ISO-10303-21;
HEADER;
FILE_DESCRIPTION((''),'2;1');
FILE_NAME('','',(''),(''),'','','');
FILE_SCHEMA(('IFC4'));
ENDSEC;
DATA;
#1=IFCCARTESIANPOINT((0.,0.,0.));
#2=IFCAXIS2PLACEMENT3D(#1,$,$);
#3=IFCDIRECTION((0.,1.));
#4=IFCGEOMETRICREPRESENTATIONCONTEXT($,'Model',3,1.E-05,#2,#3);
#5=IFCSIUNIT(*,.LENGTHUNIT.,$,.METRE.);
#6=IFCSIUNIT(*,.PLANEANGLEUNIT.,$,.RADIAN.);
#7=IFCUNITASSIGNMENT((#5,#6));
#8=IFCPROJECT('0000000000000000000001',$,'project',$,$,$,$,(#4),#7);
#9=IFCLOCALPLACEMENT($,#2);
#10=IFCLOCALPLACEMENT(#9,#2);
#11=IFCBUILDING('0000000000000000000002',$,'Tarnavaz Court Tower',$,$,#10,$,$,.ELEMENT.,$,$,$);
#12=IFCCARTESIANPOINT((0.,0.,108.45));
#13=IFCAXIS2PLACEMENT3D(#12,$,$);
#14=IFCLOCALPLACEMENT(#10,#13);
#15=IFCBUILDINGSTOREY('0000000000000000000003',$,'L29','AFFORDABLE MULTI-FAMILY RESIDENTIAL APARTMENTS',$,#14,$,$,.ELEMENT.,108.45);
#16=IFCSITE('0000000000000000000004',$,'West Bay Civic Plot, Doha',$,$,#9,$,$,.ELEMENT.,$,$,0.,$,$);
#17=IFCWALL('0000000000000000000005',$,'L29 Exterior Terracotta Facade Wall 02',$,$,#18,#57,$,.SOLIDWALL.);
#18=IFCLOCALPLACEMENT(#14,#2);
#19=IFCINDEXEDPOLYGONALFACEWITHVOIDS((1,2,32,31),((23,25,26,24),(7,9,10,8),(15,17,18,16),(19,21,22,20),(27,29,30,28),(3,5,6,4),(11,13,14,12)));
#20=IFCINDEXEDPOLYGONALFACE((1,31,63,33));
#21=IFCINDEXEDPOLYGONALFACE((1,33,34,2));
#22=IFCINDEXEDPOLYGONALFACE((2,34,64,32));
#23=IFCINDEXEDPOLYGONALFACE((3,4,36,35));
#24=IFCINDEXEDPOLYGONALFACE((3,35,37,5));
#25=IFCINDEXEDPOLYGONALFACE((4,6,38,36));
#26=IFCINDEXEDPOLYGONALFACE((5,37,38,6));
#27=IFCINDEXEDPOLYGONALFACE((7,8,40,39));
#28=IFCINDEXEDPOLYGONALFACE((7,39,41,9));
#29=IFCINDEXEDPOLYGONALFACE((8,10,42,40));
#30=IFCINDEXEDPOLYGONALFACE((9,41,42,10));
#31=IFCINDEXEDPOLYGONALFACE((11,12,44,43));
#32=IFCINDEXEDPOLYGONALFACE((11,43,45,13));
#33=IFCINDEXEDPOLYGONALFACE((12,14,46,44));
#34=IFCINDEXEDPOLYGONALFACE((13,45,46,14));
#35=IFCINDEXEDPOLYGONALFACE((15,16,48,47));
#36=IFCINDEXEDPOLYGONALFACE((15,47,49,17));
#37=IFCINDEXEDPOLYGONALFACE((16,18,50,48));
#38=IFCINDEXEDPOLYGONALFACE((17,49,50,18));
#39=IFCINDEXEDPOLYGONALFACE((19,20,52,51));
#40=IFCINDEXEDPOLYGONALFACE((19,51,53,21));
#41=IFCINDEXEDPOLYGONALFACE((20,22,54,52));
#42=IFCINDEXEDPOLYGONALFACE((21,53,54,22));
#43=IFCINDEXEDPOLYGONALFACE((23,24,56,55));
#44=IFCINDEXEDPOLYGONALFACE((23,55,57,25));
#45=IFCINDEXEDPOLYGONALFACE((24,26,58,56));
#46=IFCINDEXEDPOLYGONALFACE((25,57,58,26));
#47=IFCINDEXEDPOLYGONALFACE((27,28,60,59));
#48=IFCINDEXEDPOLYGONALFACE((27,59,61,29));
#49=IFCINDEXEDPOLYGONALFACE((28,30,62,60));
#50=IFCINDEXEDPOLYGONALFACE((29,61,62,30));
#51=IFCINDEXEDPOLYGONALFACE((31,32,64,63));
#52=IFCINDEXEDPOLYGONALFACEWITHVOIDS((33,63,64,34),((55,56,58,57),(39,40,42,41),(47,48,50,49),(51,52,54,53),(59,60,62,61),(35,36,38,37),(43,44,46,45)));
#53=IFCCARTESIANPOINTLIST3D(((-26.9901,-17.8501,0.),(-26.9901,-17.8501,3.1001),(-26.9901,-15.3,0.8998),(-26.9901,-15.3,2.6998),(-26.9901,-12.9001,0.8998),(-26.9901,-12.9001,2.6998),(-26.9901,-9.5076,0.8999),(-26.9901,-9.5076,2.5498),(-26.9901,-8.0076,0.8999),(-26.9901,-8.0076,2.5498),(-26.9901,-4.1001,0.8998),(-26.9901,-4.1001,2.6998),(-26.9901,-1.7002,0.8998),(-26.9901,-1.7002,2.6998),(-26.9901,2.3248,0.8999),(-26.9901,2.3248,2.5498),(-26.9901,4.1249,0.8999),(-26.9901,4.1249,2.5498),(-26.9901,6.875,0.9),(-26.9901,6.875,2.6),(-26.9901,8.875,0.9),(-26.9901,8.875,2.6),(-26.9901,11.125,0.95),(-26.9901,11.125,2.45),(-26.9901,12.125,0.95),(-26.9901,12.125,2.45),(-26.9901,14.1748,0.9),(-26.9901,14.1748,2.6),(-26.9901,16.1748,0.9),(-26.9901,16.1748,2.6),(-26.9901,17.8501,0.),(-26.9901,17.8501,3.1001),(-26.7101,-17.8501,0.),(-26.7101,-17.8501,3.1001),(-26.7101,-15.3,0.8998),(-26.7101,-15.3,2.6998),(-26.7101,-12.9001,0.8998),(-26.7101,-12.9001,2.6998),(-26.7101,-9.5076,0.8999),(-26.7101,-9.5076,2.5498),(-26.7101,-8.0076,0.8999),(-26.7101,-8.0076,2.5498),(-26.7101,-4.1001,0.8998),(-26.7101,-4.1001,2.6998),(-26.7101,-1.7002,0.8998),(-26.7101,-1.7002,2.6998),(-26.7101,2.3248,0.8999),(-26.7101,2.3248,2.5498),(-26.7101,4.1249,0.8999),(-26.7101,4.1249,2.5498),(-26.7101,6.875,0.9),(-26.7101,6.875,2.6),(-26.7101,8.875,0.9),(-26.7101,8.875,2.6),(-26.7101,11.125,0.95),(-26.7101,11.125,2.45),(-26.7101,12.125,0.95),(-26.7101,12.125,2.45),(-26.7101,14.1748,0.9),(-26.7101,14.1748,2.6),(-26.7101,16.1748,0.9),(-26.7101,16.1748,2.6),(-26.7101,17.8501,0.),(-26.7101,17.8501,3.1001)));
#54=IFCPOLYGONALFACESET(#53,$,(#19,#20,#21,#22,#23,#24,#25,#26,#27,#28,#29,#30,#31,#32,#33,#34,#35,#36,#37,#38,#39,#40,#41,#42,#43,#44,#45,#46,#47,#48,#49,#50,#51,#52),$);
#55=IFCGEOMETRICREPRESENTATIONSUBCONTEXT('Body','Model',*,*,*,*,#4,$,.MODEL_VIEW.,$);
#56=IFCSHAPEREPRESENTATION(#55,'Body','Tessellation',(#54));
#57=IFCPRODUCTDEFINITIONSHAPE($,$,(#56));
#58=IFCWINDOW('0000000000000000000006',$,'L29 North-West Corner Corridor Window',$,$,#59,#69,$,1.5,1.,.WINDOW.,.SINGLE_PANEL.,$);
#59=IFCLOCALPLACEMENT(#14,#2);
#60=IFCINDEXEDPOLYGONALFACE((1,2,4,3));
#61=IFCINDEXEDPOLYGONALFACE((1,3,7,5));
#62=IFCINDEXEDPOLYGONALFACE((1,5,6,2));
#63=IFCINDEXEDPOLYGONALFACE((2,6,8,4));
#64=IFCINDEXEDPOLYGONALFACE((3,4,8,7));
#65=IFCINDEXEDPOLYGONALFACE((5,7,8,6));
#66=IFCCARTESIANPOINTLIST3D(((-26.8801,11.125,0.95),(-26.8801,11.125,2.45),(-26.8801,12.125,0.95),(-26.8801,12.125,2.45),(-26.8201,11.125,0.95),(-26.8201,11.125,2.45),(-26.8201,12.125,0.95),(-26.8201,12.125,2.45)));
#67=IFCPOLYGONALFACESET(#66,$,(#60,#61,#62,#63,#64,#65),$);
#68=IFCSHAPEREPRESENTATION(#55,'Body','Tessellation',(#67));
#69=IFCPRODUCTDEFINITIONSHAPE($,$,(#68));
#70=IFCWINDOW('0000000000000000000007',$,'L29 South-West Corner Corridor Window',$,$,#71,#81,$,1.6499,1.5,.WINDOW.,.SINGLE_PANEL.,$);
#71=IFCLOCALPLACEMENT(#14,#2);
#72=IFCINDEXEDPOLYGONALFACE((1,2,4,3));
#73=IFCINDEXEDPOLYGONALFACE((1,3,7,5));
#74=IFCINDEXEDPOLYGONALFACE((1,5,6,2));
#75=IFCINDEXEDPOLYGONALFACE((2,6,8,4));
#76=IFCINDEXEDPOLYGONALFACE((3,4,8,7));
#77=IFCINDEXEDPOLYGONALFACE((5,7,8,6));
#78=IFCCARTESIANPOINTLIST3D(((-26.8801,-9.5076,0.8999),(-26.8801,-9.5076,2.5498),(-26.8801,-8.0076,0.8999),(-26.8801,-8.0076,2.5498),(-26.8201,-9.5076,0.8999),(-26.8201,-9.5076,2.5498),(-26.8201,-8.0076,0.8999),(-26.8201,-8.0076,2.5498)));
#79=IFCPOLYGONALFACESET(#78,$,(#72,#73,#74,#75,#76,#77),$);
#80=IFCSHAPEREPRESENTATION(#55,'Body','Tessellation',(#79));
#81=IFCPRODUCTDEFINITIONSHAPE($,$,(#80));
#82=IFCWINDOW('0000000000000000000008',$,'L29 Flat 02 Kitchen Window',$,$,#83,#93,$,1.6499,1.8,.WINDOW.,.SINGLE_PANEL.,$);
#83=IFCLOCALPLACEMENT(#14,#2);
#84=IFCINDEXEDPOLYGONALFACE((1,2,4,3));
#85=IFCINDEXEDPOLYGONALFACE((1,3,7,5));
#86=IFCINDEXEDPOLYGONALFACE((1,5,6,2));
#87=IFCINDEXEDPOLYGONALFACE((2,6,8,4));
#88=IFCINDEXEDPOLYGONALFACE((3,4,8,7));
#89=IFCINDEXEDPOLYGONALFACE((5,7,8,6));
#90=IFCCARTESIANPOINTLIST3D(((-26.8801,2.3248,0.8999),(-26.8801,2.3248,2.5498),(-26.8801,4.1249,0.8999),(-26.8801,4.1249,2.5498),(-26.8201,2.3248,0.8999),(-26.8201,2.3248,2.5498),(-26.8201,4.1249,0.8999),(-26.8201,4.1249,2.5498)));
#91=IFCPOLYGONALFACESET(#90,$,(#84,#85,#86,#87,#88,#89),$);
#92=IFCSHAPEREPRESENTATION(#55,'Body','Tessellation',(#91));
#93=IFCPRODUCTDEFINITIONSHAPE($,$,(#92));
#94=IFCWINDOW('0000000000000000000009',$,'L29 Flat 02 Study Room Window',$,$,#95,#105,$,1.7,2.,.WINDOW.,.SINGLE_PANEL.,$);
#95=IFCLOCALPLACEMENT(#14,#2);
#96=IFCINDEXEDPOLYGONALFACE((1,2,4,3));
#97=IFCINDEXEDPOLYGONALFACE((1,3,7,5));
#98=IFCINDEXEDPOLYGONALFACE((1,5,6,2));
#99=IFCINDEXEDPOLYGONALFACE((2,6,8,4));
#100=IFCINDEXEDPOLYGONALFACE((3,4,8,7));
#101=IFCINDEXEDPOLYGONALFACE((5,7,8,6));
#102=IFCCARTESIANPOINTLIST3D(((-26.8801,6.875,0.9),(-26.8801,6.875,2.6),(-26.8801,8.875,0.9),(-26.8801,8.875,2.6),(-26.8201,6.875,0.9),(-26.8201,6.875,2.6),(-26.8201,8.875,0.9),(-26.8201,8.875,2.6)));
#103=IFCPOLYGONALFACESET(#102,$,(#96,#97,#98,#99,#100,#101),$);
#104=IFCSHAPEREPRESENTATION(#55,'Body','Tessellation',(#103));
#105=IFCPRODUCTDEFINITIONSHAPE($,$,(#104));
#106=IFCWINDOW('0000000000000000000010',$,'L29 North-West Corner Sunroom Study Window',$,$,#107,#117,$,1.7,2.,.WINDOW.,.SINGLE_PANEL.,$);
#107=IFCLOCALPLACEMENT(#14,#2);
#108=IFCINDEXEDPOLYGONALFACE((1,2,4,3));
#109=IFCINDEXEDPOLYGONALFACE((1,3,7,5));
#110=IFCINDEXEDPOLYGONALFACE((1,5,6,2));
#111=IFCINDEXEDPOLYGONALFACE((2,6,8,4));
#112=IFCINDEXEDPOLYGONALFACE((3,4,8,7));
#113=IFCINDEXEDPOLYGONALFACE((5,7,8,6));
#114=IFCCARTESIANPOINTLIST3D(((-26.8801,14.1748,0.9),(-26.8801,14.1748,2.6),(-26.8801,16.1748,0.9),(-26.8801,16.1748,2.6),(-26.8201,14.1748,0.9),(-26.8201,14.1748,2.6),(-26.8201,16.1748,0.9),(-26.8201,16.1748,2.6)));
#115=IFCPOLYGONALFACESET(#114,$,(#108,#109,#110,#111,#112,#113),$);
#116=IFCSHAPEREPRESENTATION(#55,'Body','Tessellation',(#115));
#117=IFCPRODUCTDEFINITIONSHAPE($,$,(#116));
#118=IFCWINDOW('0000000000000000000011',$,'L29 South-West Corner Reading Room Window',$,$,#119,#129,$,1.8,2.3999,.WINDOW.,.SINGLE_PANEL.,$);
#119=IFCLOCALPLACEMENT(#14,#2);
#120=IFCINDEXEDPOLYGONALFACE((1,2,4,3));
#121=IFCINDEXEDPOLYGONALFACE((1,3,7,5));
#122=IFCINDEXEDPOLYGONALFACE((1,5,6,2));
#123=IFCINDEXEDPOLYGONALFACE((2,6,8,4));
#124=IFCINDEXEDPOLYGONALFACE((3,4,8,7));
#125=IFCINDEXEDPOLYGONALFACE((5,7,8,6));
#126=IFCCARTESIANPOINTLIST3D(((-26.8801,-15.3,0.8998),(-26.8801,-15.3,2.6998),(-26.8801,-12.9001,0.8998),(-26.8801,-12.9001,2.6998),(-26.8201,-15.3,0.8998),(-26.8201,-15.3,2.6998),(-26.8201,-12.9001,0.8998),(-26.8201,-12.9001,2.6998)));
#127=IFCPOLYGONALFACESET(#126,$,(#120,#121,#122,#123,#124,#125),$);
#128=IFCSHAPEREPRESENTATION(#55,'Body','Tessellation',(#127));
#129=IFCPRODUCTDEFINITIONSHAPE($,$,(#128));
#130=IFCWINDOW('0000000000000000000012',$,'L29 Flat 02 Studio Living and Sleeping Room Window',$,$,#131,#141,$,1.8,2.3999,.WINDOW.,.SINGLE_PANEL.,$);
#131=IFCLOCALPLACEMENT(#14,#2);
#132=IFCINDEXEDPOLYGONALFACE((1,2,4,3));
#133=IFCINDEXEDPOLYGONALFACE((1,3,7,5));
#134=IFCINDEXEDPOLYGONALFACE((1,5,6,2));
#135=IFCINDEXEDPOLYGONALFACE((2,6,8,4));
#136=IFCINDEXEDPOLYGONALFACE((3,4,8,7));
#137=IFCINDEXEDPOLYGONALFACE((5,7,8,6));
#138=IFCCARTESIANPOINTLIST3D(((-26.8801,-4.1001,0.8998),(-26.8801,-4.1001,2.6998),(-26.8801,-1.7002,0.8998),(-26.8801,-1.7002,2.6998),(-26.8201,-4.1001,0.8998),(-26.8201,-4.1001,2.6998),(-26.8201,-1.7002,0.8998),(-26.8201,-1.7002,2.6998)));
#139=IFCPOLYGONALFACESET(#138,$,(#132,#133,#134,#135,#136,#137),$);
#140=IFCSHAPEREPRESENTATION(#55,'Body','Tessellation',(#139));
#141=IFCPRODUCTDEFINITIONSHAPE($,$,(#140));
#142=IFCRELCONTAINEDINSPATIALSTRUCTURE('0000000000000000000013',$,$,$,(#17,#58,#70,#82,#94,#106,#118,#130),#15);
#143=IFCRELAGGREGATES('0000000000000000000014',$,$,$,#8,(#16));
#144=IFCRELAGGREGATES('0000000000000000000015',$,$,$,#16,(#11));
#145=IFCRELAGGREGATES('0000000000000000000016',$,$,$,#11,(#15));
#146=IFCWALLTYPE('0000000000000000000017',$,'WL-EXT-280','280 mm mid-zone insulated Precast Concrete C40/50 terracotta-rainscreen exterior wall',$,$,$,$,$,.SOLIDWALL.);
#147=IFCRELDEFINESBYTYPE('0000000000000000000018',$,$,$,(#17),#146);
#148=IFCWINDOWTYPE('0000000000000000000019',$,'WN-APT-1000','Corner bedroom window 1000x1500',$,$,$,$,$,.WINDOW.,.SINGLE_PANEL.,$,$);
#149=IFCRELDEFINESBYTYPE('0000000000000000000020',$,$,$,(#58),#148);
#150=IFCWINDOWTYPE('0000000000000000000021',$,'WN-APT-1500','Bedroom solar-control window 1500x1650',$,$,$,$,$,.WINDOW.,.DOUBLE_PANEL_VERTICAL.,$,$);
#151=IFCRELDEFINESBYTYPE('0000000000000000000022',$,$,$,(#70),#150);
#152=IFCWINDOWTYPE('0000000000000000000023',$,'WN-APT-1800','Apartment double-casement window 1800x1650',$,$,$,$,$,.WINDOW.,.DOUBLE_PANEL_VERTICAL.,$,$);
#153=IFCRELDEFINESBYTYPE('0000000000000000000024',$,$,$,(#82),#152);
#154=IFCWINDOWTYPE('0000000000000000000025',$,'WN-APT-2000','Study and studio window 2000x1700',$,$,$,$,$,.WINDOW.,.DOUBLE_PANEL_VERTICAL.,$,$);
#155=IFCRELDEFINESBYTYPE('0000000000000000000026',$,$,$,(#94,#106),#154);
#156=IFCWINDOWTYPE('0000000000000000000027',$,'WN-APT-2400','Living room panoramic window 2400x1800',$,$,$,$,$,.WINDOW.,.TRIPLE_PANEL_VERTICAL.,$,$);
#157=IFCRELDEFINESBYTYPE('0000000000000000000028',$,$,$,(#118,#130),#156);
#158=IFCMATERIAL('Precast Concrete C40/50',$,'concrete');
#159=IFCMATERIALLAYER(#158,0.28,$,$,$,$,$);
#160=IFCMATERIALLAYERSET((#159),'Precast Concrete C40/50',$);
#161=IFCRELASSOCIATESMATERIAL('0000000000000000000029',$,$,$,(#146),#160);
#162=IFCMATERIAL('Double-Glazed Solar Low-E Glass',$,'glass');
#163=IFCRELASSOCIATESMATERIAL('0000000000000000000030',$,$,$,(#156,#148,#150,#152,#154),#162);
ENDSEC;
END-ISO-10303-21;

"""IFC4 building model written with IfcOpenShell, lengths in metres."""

from ifc_helpers import new_model, si_unit, direction, frame, frame_2d, origin, place, context, subcontext, project, spatial, rectangle, extrude, material, layer, layer_set, type_object, element, fill, save


model = new_model("IFC4")

# Units and contexts
model_context = context("Model", 3, precision=1e-05, world=origin(), true_north=direction((0.0, 1.0)))
body_context = subcontext(model_context, "Body", "Model", "MODEL_VIEW")
ifc_project = project(units=[si_unit("LENGTHUNIT", "METRE"), si_unit("PLANEANGLEUNIT", "RADIAN")], contexts=[model_context])

# Site, building, storey
site_placement = place(None, origin())
site = spatial("IfcSite", under=ifc_project, at=site_placement, Name="West Bay Civic Plot, Doha", CompositionType="ELEMENT", RefElevation=0.0)
building_placement = place(site_placement, origin())
building = spatial("IfcBuilding", under=site, at=building_placement, Name="Tarnavaz Court Tower", CompositionType="ELEMENT")
storey_placement = place(building_placement, frame((0.0, 0.0, 108.45)))
storey = spatial("IfcBuildingStorey", under=building, at=storey_placement, Name="L29", Description="AFFORDABLE MULTI-FAMILY RESIDENTIAL APARTMENTS", CompositionType="ELEMENT", Elevation=108.45)

# Shared definitions
ifc_material_1 = material(Name="Precast Concrete C40/50", Category="concrete")
ifc_layer_1 = layer(ifc_material_1, 0.28)
ifc_layer_set_1 = layer_set([ifc_layer_1], Name="Precast Concrete C40/50")
wall_type_1 = type_object("IfcWallType", Name="WL-EXT-280", Description="280 mm mid-zone insulated Precast Concrete C40/50 terracotta-rainscreen exterior wall", PredefinedType="SOLIDWALL", material=ifc_layer_set_1)
ifc_material_2 = material(Name="Double-Glazed Solar Low-E Glass", Category="glass")
window_type_1 = type_object("IfcWindowType", Name="WN-APT-2400", Description="Living room panoramic window 2400x1800", PartitioningType="TRIPLE_PANEL_VERTICAL", PredefinedType="WINDOW", material=ifc_material_2)

# Wall, openings, windows
wall_1_placement = place(storey_placement, frame((-26.8501, -17.8501, 0.0), z_axis=(0.0, 0.0, 1.0), x_axis=(0.0, 1.0, 0.0)))
wall_1 = element("IfcWall", 1, at=wall_1_placement, inside=storey, type_object=wall_type_1, Name="L29 Exterior Terracotta Facade Wall 02", PredefinedType="SOLIDWALL", context=body_context, shape_type="SweptSolid", body=[
    extrude(rectangle(XDim=35.7002, YDim=0.28, at=frame_2d((17.8501, 0.0))), origin(), (0.0, 0.0, 1.0), 3.1001),
])
opening_1_placement = place(wall_1_placement, frame((2.55, 0.0, 0.8999)))
opening_1 = element("IfcOpeningElement", 2, at=opening_1_placement, cuts=wall_1, PredefinedType="OPENING", context=body_context, shape_type="SweptSolid", body=[
    extrude(rectangle(XDim=2.3999, YDim=1.8, at=frame_2d((1.2, 0.8999))), frame((0.0, 0.1499, 0.0), z_axis=(0.0, -1.0, 0.0), x_axis=(1.0, 0.0, 0.0)), (0.0, 0.0, 1.0), 0.3),
])
opening_2_placement = place(wall_1_placement, frame((8.3425, 0.0, 0.8999)))
opening_2 = element("IfcOpeningElement", 3, at=opening_2_placement, cuts=wall_1, PredefinedType="OPENING", context=body_context, shape_type="SweptSolid", body=[
    extrude(rectangle(XDim=1.5, YDim=1.6499, at=frame_2d((0.75, 0.825))), frame((0.0, 0.1499, 0.0), z_axis=(0.0, -1.0, 0.0), x_axis=(1.0, 0.0, 0.0)), (0.0, 0.0, 1.0), 0.3),
])
opening_3_placement = place(wall_1_placement, frame((13.75, 0.0, 0.8999)))
opening_3 = element("IfcOpeningElement", 4, at=opening_3_placement, cuts=wall_1, PredefinedType="OPENING", context=body_context, shape_type="SweptSolid", body=[
    extrude(rectangle(XDim=2.3999, YDim=1.8, at=frame_2d((1.2, 0.8999))), frame((0.0, 0.1499, 0.0), z_axis=(0.0, -1.0, 0.0), x_axis=(1.0, 0.0, 0.0)), (0.0, 0.0, 1.0), 0.3),
])
opening_4_placement = place(wall_1_placement, frame((20.175, 0.0, 0.8999)))
opening_4 = element("IfcOpeningElement", 5, at=opening_4_placement, cuts=wall_1, PredefinedType="OPENING", context=body_context, shape_type="SweptSolid", body=[
    extrude(rectangle(XDim=1.8, YDim=1.6499, at=frame_2d((0.8999, 0.825))), frame((0.0, 0.1499, 0.0), z_axis=(0.0, -1.0, 0.0), x_axis=(1.0, 0.0, 0.0)), (0.0, 0.0, 1.0), 0.3),
])
opening_5_placement = place(wall_1_placement, frame((24.7251, 0.0, 0.8999)))
opening_5 = element("IfcOpeningElement", 6, at=opening_5_placement, cuts=wall_1, PredefinedType="OPENING", context=body_context, shape_type="SweptSolid", body=[
    extrude(rectangle(XDim=2.0, YDim=1.7, at=frame_2d((1.0, 0.8501))), frame((0.0, 0.1499, 0.0), z_axis=(0.0, -1.0, 0.0), x_axis=(1.0, 0.0, 0.0)), (0.0, 0.0, 1.0), 0.3),
])
opening_6_placement = place(wall_1_placement, frame((28.9751, 0.0, 0.95)))
opening_6 = element("IfcOpeningElement", 7, at=opening_6_placement, cuts=wall_1, PredefinedType="OPENING", context=body_context, shape_type="SweptSolid", body=[
    extrude(rectangle(XDim=1.0, YDim=1.5, at=frame_2d((0.5, 0.75))), frame((0.0, 0.1499, 0.0), z_axis=(0.0, -1.0, 0.0), x_axis=(1.0, 0.0, 0.0)), (0.0, 0.0, 1.0), 0.3),
])
opening_7_placement = place(wall_1_placement, frame((32.0249, 0.0, 0.8999)))
opening_7 = element("IfcOpeningElement", 8, at=opening_7_placement, cuts=wall_1, PredefinedType="OPENING", context=body_context, shape_type="SweptSolid", body=[
    extrude(rectangle(XDim=2.0, YDim=1.7, at=frame_2d((1.0, 0.8501))), frame((0.0, 0.1499, 0.0), z_axis=(0.0, -1.0, 0.0), x_axis=(1.0, 0.0, 0.0)), (0.0, 0.0, 1.0), 0.3),
])
window_type_2 = type_object("IfcWindowType", Name="WN-APT-1000", Description="Corner bedroom window 1000x1500", PartitioningType="SINGLE_PANEL", PredefinedType="WINDOW", material=ifc_material_2)
window_1_placement = place(opening_6_placement, origin())
window_1 = element("IfcWindow", 9, at=window_1_placement, inside=storey, type_object=window_type_2, Name="L29 North-West Corner Corridor Window", OverallHeight=1.5, OverallWidth=1.0, PartitioningType="SINGLE_PANEL", PredefinedType="WINDOW", context=body_context, shape_type="SweptSolid", body=[
    extrude(rectangle(XDim=1.0, YDim=1.5, at=frame_2d((0.5, 0.75))), frame((0.0, 0.03, 0.0), z_axis=(0.0, -1.0, 0.0), x_axis=(1.0, 0.0, 0.0)), (0.0, 0.0, 1.0), 0.0601),
])
fill(opening_6, window_1)
window_type_3 = type_object("IfcWindowType", Name="WN-APT-1500", Description="Bedroom solar-control window 1500x1650", PartitioningType="DOUBLE_PANEL_VERTICAL", PredefinedType="WINDOW", material=ifc_material_2)
window_2_placement = place(opening_2_placement, origin())
window_2 = element("IfcWindow", 10, at=window_2_placement, inside=storey, type_object=window_type_3, Name="L29 South-West Corner Corridor Window", OverallHeight=1.6499, OverallWidth=1.5, PartitioningType="SINGLE_PANEL", PredefinedType="WINDOW", context=body_context, shape_type="SweptSolid", body=[
    extrude(rectangle(XDim=1.5, YDim=1.6499, at=frame_2d((0.75, 0.825))), frame((0.0, 0.03, 0.0), z_axis=(0.0, -1.0, 0.0), x_axis=(1.0, 0.0, 0.0)), (0.0, 0.0, 1.0), 0.0601),
])
fill(opening_2, window_2)
window_type_4 = type_object("IfcWindowType", Name="WN-APT-1800", Description="Apartment double-casement window 1800x1650", PartitioningType="DOUBLE_PANEL_VERTICAL", PredefinedType="WINDOW", material=ifc_material_2)
window_3_placement = place(opening_4_placement, origin())
window_3 = element("IfcWindow", 11, at=window_3_placement, inside=storey, type_object=window_type_4, Name="L29 Flat 02 Kitchen Window", OverallHeight=1.6499, OverallWidth=1.8, PartitioningType="SINGLE_PANEL", PredefinedType="WINDOW", context=body_context, shape_type="SweptSolid", body=[
    extrude(rectangle(XDim=1.8, YDim=1.6499, at=frame_2d((0.8999, 0.825))), frame((0.0, 0.03, 0.0), z_axis=(0.0, -1.0, 0.0), x_axis=(1.0, 0.0, 0.0)), (0.0, 0.0, 1.0), 0.0601),
])
fill(opening_4, window_3)
window_type_5 = type_object("IfcWindowType", Name="WN-APT-2000", Description="Study and studio window 2000x1700", PartitioningType="DOUBLE_PANEL_VERTICAL", PredefinedType="WINDOW", material=ifc_material_2)
window_4_placement = place(opening_5_placement, origin())
window_4 = element("IfcWindow", 12, at=window_4_placement, inside=storey, type_object=window_type_5, Name="L29 Flat 02 Study Room Window", OverallHeight=1.7, OverallWidth=2.0, PartitioningType="SINGLE_PANEL", PredefinedType="WINDOW", context=body_context, shape_type="SweptSolid", body=[
    extrude(rectangle(XDim=2.0, YDim=1.7, at=frame_2d((1.0, 0.8501))), frame((0.0, 0.03, 0.0), z_axis=(0.0, -1.0, 0.0), x_axis=(1.0, 0.0, 0.0)), (0.0, 0.0, 1.0), 0.0601),
])
fill(opening_5, window_4)
window_5_placement = place(opening_7_placement, origin())
window_5 = element("IfcWindow", 13, at=window_5_placement, inside=storey, type_object=window_type_5, Name="L29 North-West Corner Sunroom Study Window", OverallHeight=1.7, OverallWidth=2.0, PartitioningType="SINGLE_PANEL", PredefinedType="WINDOW", context=body_context, shape_type="SweptSolid", body=[
    extrude(rectangle(XDim=2.0, YDim=1.7, at=frame_2d((1.0, 0.8501))), frame((0.0, 0.03, 0.0), z_axis=(0.0, -1.0, 0.0), x_axis=(1.0, 0.0, 0.0)), (0.0, 0.0, 1.0), 0.0601),
])
fill(opening_7, window_5)
window_6_placement = place(opening_1_placement, origin())
window_6 = element("IfcWindow", 14, at=window_6_placement, inside=storey, type_object=window_type_1, Name="L29 South-West Corner Reading Room Window", OverallHeight=1.8, OverallWidth=2.3999, PartitioningType="SINGLE_PANEL", PredefinedType="WINDOW", context=body_context, shape_type="SweptSolid", body=[
    extrude(rectangle(XDim=2.3999, YDim=1.8, at=frame_2d((1.2, 0.8999))), frame((0.0, 0.03, 0.0), z_axis=(0.0, -1.0, 0.0), x_axis=(1.0, 0.0, 0.0)), (0.0, 0.0, 1.0), 0.0601),
])
fill(opening_1, window_6)
window_7_placement = place(opening_3_placement, origin())
window_7 = element("IfcWindow", 15, at=window_7_placement, inside=storey, type_object=window_type_1, Name="L29 Flat 02 Studio Living and Sleeping Room Window", OverallHeight=1.8, OverallWidth=2.3999, PartitioningType="SINGLE_PANEL", PredefinedType="WINDOW", context=body_context, shape_type="SweptSolid", body=[
    extrude(rectangle(XDim=2.3999, YDim=1.8, at=frame_2d((1.2, 0.8999))), frame((0.0, 0.03, 0.0), z_axis=(0.0, -1.0, 0.0), x_axis=(1.0, 0.0, 0.0)), (0.0, 0.0, 1.0), 0.0601),
])
fill(opening_3, window_7)

save(model, "model.ifc")
